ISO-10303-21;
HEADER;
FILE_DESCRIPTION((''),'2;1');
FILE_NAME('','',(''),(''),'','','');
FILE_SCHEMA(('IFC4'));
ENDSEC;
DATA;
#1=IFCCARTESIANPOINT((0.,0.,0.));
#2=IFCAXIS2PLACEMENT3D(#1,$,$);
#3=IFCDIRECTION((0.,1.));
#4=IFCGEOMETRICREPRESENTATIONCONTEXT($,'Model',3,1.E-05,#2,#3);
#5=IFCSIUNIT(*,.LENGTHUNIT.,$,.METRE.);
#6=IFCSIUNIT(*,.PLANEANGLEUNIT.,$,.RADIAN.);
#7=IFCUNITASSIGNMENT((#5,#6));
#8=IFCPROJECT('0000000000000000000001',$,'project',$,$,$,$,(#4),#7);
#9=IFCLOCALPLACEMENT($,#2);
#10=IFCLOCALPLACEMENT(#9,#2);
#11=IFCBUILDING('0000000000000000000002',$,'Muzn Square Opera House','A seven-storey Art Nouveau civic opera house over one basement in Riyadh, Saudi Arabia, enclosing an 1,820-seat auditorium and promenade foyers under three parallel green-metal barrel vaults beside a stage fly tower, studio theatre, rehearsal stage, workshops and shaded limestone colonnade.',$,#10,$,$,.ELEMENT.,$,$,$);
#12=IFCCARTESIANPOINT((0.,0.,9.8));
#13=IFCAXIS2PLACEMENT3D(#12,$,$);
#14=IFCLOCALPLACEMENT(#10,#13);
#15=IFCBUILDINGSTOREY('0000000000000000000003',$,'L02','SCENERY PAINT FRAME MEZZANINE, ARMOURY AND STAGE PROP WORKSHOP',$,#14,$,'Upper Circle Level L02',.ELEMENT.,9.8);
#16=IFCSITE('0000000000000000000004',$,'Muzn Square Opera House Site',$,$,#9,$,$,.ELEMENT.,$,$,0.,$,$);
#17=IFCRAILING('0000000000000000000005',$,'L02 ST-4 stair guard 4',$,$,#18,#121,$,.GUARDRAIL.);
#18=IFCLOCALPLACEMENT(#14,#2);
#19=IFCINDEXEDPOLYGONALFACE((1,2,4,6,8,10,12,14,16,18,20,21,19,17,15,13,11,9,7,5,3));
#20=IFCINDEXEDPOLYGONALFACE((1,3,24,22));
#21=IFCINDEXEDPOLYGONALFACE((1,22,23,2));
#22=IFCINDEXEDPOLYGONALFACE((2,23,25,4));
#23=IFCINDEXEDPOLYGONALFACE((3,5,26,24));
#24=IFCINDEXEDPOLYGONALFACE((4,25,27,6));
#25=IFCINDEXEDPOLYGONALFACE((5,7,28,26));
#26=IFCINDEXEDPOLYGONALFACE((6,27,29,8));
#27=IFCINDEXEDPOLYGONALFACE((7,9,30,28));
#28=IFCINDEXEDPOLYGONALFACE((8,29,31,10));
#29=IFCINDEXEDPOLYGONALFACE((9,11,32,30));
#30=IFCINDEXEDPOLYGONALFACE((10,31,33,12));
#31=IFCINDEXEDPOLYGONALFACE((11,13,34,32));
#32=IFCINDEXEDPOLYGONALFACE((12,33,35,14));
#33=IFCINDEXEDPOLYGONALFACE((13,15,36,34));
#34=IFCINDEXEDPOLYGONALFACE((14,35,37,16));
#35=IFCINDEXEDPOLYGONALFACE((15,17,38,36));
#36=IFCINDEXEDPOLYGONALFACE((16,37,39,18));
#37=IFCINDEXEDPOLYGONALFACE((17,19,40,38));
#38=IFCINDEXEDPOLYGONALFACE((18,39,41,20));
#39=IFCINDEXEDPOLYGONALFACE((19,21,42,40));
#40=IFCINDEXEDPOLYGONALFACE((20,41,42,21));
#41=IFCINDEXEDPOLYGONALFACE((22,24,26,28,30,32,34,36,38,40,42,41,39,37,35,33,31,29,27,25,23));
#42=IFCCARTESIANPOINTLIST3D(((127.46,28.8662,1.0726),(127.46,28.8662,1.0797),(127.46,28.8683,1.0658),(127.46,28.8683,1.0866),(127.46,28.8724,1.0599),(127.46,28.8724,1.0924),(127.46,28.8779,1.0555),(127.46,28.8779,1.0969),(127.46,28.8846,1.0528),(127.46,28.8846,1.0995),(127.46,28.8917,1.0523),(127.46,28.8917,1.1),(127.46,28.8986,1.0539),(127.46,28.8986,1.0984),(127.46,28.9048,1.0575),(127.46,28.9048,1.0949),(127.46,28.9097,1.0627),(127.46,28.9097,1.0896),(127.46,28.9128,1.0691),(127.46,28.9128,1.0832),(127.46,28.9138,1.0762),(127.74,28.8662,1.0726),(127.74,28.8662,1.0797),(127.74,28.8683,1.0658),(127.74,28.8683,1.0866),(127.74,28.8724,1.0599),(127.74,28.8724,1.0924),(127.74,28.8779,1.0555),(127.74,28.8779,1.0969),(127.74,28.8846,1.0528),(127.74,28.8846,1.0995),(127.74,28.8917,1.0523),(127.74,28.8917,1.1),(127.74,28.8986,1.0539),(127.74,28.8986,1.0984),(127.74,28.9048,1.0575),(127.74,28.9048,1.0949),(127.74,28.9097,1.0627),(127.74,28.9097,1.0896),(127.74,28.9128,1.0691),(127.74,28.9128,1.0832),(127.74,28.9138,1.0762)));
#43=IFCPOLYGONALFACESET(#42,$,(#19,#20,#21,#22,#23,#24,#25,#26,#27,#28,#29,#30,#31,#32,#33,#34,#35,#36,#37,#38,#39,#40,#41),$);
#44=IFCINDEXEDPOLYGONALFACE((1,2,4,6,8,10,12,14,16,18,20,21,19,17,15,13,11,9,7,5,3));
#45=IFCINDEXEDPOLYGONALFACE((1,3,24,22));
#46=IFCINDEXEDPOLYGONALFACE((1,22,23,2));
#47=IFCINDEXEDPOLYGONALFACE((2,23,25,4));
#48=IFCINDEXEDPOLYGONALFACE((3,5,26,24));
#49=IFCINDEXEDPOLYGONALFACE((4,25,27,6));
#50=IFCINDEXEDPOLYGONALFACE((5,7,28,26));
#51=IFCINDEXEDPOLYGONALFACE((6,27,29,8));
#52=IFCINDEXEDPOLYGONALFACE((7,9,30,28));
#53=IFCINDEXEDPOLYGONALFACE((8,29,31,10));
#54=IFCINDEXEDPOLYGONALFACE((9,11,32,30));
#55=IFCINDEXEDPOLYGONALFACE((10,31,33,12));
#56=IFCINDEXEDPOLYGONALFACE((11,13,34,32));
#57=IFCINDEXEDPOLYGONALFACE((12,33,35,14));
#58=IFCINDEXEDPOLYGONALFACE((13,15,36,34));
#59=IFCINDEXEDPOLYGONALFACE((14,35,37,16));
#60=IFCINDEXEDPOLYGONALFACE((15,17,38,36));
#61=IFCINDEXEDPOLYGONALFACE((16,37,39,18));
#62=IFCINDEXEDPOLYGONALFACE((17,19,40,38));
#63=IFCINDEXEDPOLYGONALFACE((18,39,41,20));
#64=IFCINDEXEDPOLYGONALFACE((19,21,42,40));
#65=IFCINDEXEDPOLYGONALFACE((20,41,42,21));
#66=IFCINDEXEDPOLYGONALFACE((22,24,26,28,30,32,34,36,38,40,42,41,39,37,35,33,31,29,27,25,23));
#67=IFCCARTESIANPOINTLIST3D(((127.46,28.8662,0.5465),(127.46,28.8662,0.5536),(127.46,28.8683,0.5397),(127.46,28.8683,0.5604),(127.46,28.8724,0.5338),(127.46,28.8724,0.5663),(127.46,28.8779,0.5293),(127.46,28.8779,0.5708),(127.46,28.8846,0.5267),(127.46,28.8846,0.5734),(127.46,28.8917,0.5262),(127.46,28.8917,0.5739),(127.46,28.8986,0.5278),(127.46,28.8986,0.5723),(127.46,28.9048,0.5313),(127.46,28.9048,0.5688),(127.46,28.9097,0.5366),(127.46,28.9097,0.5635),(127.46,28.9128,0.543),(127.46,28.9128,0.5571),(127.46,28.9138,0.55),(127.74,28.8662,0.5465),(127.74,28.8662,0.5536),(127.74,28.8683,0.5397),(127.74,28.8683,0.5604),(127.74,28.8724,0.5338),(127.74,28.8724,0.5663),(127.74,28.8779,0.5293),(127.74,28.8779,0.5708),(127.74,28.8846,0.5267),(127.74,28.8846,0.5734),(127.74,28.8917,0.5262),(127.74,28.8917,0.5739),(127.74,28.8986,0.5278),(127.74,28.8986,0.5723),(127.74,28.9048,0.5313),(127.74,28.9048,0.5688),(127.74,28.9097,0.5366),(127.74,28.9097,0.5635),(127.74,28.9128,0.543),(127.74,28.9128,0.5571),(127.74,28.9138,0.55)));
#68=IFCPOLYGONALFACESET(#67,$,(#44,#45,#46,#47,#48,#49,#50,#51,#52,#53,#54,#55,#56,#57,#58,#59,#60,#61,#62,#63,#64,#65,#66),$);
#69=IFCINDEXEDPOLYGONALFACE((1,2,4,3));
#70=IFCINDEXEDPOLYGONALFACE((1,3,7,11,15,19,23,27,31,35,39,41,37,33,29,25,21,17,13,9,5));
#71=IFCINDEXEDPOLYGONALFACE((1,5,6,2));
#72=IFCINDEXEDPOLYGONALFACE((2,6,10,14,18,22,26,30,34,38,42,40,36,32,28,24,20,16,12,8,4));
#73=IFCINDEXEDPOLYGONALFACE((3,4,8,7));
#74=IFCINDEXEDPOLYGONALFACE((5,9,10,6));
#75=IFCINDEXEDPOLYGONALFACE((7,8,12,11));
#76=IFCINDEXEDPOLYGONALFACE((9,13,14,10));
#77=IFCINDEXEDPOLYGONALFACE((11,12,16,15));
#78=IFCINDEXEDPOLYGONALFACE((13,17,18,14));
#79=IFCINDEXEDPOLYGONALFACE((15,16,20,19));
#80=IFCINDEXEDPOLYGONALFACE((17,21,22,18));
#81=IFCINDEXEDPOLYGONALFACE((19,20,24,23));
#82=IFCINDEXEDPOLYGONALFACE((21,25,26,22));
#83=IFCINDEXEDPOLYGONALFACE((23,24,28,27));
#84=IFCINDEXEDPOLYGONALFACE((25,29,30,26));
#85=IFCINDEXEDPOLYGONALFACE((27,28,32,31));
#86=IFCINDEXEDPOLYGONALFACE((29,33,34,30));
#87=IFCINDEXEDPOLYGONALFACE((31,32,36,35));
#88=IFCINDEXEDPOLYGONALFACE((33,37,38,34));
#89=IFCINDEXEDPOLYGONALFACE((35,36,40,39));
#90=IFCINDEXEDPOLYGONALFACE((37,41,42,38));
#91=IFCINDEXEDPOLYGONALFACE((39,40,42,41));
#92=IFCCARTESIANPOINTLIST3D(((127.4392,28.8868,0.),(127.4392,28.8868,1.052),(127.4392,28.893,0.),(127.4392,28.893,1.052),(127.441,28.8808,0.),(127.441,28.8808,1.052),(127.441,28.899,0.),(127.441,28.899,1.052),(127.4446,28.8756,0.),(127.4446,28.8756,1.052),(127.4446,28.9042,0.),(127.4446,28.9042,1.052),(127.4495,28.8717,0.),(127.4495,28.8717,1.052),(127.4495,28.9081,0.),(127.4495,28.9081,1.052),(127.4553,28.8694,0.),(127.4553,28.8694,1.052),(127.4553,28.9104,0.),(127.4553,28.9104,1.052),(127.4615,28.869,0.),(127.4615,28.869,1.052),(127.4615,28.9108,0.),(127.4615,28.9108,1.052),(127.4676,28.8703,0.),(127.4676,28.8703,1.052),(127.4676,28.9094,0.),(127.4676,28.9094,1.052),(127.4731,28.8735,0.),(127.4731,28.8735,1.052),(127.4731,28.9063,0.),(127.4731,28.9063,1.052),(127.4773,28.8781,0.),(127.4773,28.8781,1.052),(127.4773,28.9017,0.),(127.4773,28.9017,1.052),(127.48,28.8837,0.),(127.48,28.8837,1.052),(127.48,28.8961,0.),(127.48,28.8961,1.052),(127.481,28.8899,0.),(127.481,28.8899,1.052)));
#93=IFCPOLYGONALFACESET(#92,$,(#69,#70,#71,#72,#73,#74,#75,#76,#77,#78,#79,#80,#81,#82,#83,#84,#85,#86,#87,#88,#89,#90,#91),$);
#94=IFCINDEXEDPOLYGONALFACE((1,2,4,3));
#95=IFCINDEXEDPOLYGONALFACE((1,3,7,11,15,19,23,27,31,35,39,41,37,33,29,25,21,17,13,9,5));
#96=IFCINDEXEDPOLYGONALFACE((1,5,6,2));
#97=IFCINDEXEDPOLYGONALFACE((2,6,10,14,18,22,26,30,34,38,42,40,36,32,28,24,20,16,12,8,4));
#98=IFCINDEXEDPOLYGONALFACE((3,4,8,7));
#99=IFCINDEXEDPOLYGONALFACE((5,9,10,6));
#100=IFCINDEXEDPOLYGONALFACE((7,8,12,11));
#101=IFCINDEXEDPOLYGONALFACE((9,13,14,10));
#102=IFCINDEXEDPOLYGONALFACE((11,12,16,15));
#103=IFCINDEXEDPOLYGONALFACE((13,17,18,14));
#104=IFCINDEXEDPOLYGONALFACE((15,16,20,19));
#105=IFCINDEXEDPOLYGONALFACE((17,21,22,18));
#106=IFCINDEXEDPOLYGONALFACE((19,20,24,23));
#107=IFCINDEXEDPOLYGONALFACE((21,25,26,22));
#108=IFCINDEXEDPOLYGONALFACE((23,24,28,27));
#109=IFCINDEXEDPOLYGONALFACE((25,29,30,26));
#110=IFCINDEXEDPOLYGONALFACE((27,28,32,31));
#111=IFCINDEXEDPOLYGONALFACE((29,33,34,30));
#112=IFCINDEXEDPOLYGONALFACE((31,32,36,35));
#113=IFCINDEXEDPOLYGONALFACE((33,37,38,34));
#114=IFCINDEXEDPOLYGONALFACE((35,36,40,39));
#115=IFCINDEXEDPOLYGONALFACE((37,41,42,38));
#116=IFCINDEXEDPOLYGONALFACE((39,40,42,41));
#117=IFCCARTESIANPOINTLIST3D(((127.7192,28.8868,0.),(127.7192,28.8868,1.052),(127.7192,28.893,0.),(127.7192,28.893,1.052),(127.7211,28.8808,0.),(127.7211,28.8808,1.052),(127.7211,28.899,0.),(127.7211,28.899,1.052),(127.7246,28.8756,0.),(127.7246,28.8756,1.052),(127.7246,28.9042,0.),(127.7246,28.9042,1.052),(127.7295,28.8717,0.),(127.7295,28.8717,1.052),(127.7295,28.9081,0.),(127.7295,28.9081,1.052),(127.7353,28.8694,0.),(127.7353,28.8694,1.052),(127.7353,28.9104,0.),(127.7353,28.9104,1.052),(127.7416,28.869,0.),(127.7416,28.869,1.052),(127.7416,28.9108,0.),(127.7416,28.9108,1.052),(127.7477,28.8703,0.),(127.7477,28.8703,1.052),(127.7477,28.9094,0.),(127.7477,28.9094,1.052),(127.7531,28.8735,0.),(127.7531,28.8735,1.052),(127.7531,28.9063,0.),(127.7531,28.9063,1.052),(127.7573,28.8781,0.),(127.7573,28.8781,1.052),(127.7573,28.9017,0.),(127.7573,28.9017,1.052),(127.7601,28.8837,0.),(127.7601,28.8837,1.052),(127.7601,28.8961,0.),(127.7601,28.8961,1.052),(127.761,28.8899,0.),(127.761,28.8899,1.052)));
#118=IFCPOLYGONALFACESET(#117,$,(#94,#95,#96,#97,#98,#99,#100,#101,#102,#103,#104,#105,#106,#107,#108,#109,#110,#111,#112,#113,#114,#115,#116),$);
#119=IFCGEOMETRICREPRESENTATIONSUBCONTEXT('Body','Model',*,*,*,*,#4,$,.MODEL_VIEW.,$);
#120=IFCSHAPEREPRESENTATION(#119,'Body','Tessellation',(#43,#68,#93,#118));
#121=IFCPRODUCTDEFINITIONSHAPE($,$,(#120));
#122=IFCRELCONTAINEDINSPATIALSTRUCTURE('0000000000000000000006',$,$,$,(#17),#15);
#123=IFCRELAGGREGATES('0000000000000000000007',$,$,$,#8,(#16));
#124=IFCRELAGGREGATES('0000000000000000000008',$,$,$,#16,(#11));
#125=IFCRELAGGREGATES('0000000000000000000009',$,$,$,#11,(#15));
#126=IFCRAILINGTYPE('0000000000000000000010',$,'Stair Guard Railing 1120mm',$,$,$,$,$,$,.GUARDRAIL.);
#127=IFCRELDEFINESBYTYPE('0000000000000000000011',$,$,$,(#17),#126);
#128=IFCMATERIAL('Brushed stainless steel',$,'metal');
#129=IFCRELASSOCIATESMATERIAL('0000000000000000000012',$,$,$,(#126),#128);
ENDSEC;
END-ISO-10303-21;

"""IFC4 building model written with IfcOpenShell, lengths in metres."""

from ifc_helpers import new_model, si_unit, direction, frame, origin, origin_2d, place, context, subcontext, project, spatial, circle, extrude, material, type_object, element, save


model = new_model("IFC4")

# Units and contexts
model_context = context("Model", 3, precision=1e-05, world=origin(), true_north=direction((0.0, 1.0)))
body_context = subcontext(model_context, "Body", "Model", "MODEL_VIEW")
ifc_project = project(units=[si_unit("LENGTHUNIT", "METRE"), si_unit("PLANEANGLEUNIT", "RADIAN")], contexts=[model_context])

# Site, building, storey
site_placement = place(None, origin())
site = spatial("IfcSite", under=ifc_project, at=site_placement, Name="Muzn Square Opera House Site", CompositionType="ELEMENT", RefElevation=0.0)
building_placement = place(site_placement, origin())
building = spatial("IfcBuilding", under=site, at=building_placement, Name="Muzn Square Opera House", Description="A seven-storey Art Nouveau civic opera house over one basement in Riyadh, Saudi Arabia, enclosing an 1,820-seat auditorium and promenade foyers under three parallel green-metal barrel vaults beside a stage fly tower, studio theatre, rehearsal stage, workshops and shaded limestone colonnade.", CompositionType="ELEMENT")
storey_placement = place(building_placement, frame((0.0, 0.0, 9.8)))
storey = spatial("IfcBuildingStorey", under=building, at=storey_placement, Name="L02", Description="SCENERY PAINT FRAME MEZZANINE, ARMOURY AND STAGE PROP WORKSHOP", LongName="Upper Circle Level L02", CompositionType="ELEMENT", Elevation=9.8)

# Shared definitions
ifc_material_1 = material(Name="Brushed stainless steel", Category="metal")

# Railing
railing_type_1 = type_object("IfcRailingType", Name="Stair Guard Railing 1120mm", PredefinedType="GUARDRAIL", material=ifc_material_1)
railing_1_placement = place(storey_placement, frame((127.46, 28.8899, 0.0)))
element("IfcRailing", 1, at=railing_1_placement, inside=storey, type_object=railing_type_1, Name="L02 ST-4 stair guard 4", PredefinedType="GUARDRAIL", context=body_context, shape_type="SweptSolid", body=[
    extrude(circle(Radius=0.0239, at=origin_2d()), frame((0.0, 0.0, 1.0762), z_axis=(1.0, 0.0, 0.0), x_axis=(0.0, 1.0, 0.0)), (0.0, 0.0, 1.0), 0.28),
    extrude(circle(Radius=0.0239, at=origin_2d()), frame((0.0, 0.0, 0.55), z_axis=(1.0, 0.0, 0.0), x_axis=(0.0, 1.0, 0.0)), (0.0, 0.0, 1.0), 0.28),
    extrude(circle(Radius=0.021, at=origin_2d()), origin(), (0.0, 0.0, 1.0), 1.052),
    extrude(circle(Radius=0.021, at=origin_2d()), frame((0.28, 0.0, 0.0)), (0.0, 0.0, 1.0), 1.052),
])

save(model, "model.ifc")
